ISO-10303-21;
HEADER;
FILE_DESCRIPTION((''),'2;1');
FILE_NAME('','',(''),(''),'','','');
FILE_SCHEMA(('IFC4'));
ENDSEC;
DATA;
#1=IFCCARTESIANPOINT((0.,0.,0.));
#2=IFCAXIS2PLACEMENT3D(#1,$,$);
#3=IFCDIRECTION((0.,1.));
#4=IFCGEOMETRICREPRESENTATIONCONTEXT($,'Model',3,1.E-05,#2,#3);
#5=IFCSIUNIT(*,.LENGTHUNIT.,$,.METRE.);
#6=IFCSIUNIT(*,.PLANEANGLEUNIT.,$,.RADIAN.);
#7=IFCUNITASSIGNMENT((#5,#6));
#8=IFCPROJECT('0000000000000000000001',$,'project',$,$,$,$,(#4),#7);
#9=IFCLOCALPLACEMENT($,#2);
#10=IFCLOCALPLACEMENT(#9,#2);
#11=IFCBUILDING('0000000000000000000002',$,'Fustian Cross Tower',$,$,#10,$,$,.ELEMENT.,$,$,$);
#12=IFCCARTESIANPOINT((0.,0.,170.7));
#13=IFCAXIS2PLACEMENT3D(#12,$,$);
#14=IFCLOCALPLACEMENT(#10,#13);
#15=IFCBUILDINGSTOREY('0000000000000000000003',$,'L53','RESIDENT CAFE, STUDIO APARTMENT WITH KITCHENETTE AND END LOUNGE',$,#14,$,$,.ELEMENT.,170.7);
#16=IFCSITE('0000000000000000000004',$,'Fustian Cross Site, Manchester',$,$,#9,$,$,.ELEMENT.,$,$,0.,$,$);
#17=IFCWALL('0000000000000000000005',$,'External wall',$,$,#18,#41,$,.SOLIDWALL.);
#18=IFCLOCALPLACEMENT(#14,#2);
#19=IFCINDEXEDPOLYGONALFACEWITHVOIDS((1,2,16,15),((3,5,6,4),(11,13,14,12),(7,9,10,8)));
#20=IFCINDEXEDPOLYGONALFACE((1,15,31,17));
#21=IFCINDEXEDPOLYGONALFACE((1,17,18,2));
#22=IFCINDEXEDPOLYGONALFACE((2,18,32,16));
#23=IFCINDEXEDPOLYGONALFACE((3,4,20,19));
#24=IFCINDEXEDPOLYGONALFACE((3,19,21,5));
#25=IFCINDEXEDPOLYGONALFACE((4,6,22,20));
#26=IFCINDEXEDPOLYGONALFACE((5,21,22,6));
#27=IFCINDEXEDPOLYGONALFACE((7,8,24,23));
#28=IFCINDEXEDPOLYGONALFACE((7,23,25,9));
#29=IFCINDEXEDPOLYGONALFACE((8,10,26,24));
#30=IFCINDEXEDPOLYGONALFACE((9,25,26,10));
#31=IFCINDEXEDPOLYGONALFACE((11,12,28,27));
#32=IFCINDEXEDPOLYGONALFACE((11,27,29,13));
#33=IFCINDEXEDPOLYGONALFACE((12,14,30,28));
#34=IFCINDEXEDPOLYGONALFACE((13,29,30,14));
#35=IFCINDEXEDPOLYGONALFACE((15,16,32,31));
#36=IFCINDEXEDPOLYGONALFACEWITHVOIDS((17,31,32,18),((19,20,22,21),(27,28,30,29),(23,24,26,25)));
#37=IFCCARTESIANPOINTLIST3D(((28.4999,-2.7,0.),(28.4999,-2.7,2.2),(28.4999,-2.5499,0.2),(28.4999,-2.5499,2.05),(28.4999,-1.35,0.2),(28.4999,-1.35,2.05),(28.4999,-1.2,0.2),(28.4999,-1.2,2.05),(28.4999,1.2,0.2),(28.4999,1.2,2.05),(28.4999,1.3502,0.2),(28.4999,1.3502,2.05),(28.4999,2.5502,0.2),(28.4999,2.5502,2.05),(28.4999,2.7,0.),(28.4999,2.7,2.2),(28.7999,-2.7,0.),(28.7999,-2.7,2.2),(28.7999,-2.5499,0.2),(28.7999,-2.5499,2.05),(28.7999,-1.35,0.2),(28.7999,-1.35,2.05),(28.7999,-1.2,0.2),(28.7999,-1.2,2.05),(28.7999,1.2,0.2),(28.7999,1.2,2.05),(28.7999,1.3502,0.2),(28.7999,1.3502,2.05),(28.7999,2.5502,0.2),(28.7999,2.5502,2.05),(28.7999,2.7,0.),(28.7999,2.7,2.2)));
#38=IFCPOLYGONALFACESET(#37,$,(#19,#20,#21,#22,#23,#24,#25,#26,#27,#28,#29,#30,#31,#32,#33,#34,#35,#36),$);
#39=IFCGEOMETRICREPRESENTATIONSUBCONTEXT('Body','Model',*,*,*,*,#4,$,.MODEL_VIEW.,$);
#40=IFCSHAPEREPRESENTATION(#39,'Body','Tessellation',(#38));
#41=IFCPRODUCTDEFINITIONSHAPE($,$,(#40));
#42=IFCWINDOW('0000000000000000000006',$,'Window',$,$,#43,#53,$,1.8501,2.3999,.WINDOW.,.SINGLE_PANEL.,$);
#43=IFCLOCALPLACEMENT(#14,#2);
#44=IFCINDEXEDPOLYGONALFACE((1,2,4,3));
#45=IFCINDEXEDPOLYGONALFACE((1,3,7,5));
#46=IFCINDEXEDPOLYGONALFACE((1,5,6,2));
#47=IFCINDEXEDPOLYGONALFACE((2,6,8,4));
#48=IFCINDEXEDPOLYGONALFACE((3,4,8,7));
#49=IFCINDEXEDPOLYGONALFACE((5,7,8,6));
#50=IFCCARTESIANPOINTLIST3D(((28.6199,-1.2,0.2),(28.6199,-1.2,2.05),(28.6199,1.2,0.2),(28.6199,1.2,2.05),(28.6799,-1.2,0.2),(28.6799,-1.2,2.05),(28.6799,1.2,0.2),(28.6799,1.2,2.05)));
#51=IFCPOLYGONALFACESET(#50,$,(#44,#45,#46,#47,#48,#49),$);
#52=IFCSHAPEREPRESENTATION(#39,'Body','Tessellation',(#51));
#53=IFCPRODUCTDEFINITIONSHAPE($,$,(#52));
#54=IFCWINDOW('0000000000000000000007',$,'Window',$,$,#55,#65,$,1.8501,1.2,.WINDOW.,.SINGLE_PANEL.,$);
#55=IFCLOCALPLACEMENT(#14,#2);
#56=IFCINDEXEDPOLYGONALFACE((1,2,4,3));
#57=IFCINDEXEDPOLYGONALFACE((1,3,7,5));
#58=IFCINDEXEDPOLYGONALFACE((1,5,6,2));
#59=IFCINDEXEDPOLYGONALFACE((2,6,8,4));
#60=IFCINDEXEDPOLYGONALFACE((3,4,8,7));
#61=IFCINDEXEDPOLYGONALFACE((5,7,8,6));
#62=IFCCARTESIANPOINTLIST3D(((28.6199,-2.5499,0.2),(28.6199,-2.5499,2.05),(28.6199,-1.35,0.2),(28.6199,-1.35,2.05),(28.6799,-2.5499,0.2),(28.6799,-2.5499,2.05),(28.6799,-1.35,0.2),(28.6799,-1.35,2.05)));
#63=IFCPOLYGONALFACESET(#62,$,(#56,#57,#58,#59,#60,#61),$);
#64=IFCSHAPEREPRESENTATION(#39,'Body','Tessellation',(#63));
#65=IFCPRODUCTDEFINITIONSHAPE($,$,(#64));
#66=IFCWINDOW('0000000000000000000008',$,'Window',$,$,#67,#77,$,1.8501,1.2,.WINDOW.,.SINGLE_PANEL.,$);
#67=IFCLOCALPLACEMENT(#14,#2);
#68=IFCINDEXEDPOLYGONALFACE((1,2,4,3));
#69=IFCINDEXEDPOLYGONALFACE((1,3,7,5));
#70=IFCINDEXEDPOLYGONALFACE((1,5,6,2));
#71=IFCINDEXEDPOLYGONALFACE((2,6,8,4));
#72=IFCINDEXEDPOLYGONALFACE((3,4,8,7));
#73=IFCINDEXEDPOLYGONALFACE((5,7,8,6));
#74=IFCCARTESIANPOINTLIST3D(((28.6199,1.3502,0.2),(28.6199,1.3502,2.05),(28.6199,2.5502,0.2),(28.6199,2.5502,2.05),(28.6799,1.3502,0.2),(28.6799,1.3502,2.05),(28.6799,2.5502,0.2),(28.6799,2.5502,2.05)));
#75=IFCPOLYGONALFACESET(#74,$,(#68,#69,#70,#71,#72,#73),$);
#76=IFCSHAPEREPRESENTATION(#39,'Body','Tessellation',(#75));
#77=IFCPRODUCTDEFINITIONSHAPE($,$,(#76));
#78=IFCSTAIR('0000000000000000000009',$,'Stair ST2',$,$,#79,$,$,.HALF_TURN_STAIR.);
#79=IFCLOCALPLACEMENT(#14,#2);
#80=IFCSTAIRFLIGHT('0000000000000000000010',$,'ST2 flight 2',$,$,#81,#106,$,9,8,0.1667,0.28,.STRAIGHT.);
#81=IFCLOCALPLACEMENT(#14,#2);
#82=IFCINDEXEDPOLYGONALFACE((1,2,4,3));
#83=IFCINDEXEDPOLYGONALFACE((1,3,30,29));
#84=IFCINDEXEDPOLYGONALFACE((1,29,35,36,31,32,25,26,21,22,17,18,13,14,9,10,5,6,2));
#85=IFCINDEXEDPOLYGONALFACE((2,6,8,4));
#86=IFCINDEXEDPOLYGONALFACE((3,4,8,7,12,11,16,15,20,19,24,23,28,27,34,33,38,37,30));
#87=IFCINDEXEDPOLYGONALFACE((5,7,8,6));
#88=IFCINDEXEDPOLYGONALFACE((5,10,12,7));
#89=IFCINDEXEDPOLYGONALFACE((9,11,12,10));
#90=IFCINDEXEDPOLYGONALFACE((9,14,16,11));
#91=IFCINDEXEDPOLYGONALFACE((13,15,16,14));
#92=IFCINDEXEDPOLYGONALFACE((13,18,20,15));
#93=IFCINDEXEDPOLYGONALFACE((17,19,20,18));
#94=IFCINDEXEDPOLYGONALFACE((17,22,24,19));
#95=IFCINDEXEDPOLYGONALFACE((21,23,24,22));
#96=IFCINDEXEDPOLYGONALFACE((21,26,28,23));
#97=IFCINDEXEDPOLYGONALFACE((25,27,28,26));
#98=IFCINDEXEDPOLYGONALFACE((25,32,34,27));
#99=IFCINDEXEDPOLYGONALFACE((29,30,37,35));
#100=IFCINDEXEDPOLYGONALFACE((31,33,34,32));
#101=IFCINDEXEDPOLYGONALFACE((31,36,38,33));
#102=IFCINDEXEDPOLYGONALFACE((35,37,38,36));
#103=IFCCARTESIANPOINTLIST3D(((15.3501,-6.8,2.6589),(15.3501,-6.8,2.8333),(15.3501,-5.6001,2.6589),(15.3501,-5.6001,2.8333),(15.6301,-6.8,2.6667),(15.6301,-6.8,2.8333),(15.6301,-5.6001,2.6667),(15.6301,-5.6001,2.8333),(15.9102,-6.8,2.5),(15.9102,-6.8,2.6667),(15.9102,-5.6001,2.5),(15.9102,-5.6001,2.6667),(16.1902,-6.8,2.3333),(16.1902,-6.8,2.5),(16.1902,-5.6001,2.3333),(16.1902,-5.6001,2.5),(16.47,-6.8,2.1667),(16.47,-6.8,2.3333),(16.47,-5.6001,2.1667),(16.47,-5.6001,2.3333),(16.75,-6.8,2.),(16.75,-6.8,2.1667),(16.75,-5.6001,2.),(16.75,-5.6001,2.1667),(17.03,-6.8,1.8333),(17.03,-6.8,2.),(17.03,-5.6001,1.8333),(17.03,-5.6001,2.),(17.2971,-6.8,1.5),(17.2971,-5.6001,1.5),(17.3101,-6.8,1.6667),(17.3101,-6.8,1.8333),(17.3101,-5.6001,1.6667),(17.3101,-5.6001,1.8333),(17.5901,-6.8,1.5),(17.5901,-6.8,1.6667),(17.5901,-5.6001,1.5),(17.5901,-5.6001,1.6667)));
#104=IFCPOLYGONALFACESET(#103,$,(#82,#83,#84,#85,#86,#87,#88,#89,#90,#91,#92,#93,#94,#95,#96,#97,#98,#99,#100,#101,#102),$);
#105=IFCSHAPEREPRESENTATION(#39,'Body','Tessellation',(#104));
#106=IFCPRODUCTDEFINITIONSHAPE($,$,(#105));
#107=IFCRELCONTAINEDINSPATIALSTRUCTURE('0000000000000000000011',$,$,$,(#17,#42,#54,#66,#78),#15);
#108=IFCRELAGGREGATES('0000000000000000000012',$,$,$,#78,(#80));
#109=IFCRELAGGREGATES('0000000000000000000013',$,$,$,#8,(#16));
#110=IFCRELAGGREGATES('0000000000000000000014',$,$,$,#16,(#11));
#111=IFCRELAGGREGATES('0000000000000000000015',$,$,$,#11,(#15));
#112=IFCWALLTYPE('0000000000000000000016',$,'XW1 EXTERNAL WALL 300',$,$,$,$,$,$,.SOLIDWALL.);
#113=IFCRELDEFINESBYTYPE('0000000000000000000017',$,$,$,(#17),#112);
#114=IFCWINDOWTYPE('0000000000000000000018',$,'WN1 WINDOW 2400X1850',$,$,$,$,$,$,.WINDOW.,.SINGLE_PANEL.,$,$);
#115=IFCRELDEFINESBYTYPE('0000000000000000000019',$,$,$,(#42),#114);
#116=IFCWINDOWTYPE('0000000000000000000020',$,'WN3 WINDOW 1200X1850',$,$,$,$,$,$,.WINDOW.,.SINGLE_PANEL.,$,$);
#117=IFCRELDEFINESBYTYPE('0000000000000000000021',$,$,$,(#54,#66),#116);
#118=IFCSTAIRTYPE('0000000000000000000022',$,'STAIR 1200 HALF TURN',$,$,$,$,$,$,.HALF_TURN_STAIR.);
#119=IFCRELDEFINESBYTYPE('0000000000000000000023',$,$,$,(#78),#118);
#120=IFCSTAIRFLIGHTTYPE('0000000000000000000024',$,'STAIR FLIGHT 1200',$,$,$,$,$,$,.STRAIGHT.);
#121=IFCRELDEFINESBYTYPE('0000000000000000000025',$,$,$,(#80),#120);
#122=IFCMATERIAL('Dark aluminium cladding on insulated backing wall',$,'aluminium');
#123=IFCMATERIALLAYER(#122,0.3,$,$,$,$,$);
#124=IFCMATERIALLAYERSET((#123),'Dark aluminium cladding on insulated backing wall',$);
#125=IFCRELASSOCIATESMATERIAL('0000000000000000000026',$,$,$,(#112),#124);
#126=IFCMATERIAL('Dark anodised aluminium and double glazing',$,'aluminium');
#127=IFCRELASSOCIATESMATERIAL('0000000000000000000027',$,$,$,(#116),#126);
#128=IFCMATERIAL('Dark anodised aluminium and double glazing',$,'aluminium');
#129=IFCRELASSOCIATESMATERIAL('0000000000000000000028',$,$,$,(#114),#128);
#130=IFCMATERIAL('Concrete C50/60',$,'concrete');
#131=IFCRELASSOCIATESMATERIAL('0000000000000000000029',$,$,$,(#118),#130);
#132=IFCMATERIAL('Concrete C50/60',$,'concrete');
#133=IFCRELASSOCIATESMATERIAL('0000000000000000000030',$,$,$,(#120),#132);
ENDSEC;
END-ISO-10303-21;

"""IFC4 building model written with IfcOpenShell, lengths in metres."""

from ifc_helpers import new_model, si_unit, direction, frame, frame_2d, origin, place, context, subcontext, project, spatial, polyline, rectangle, outline, extrude, material, layer, layer_set, type_object, element, fill, aggregate, save


model = new_model("IFC4")

# Units and contexts
model_context = context("Model", 3, precision=1e-05, world=origin(), true_north=direction((0.0, 1.0)))
body_context = subcontext(model_context, "Body", "Model", "MODEL_VIEW")
ifc_project = project(units=[si_unit("LENGTHUNIT", "METRE"), si_unit("PLANEANGLEUNIT", "RADIAN")], contexts=[model_context])

# Site, building, storey
site_placement = place(None, origin())
site = spatial("IfcSite", under=ifc_project, at=site_placement, Name="Fustian Cross Site, Manchester", CompositionType="ELEMENT", RefElevation=0.0)
building_placement = place(site_placement, origin())
building = spatial("IfcBuilding", under=site, at=building_placement, Name="Fustian Cross Tower", CompositionType="ELEMENT")
storey_placement = place(building_placement, frame((0.0, 0.0, 170.7)))
storey = spatial("IfcBuildingStorey", under=building, at=storey_placement, Name="L53", Description="RESIDENT CAFE, STUDIO APARTMENT WITH KITCHENETTE AND END LOUNGE", CompositionType="ELEMENT", Elevation=170.7)

# Shared definitions
ifc_material_1 = material(Name="Dark aluminium cladding on insulated backing wall", Category="aluminium")
ifc_layer_1 = layer(ifc_material_1, 0.3)
ifc_layer_set_1 = layer_set([ifc_layer_1], Name="Dark aluminium cladding on insulated backing wall")
wall_type_1 = type_object("IfcWallType", Name="XW1 EXTERNAL WALL 300", PredefinedType="SOLIDWALL", material=ifc_layer_set_1)
ifc_material_2 = material(Name="Dark anodised aluminium and double glazing", Category="aluminium")
window_type_1 = type_object("IfcWindowType", Name="WN3 WINDOW 1200X1850", PartitioningType="SINGLE_PANEL", PredefinedType="WINDOW", material=ifc_material_2)

# Wall, openings, windows
wall_1_placement = place(storey_placement, frame((28.6499, -2.7, 0.0), z_axis=(0.0, 0.0, 1.0), x_axis=(0.0, 1.0, 0.0)))
wall_1 = element("IfcWall", 1, at=wall_1_placement, inside=storey, type_object=wall_type_1, Name="External wall", PredefinedType="SOLIDWALL", context=body_context, shape_type="SweptSolid", body=[
    extrude(rectangle(XDim=5.3999, YDim=0.3, at=frame_2d((2.7, 0.0))), origin(), (0.0, 0.0, 1.0), 2.2),
])
opening_1_placement = place(wall_1_placement, frame((1.5, 0.0, 0.2)))
opening_1 = element("IfcOpeningElement", 2, at=opening_1_placement, cuts=wall_1, PredefinedType="OPENING", context=body_context, shape_type="SweptSolid", body=[
    extrude(rectangle(XDim=2.3999, YDim=1.8501, at=frame_2d((1.2, 0.925))), frame((0.0, 0.1599, 0.0), z_axis=(0.0, -1.0, 0.0), x_axis=(1.0, 0.0, 0.0)), (0.0, 0.0, 1.0), 0.3201),
])
opening_2_placement = place(wall_1_placement, frame((0.1499, 0.0, 0.2)))
opening_2 = element("IfcOpeningElement", 3, at=opening_2_placement, cuts=wall_1, PredefinedType="OPENING", context=body_context, shape_type="SweptSolid", body=[
    extrude(rectangle(XDim=1.2, YDim=1.8501, at=frame_2d((0.6001, 0.925))), frame((0.0, 0.1599, 0.0), z_axis=(0.0, -1.0, 0.0), x_axis=(1.0, 0.0, 0.0)), (0.0, 0.0, 1.0), 0.3201),
])
opening_3_placement = place(wall_1_placement, frame((4.05, 0.0, 0.2)))
opening_3 = element("IfcOpeningElement", 4, at=opening_3_placement, cuts=wall_1, PredefinedType="OPENING", context=body_context, shape_type="SweptSolid", body=[
    extrude(rectangle(XDim=1.2, YDim=1.8501, at=frame_2d((0.6001, 0.925))), frame((0.0, 0.1599, 0.0), z_axis=(0.0, -1.0, 0.0), x_axis=(1.0, 0.0, 0.0)), (0.0, 0.0, 1.0), 0.3201),
])
ifc_material_3 = material(Name="Dark anodised aluminium and double glazing", Category="aluminium")
window_type_2 = type_object("IfcWindowType", Name="WN1 WINDOW 2400X1850", PartitioningType="SINGLE_PANEL", PredefinedType="WINDOW", material=ifc_material_3)
window_1_placement = place(opening_1_placement, origin())
window_1 = element("IfcWindow", 5, at=window_1_placement, inside=storey, type_object=window_type_2, Name="Window", OverallHeight=1.8501, OverallWidth=2.3999, PartitioningType="SINGLE_PANEL", PredefinedType="WINDOW", context=body_context, shape_type="SweptSolid", body=[
    extrude(rectangle(XDim=2.3999, YDim=1.8501, at=frame_2d((1.2, 0.925))), frame((0.0, 0.03, 0.0), z_axis=(0.0, -1.0, 0.0), x_axis=(1.0, 0.0, 0.0)), (0.0, 0.0, 1.0), 0.0601),
])
fill(opening_1, window_1)
window_2_placement = place(opening_2_placement, origin())
window_2 = element("IfcWindow", 6, at=window_2_placement, inside=storey, type_object=window_type_1, Name="Window", OverallHeight=1.8501, OverallWidth=1.2, PartitioningType="SINGLE_PANEL", PredefinedType="WINDOW", context=body_context, shape_type="SweptSolid", body=[
    extrude(rectangle(XDim=1.2, YDim=1.8501, at=frame_2d((0.6001, 0.925))), frame((0.0, 0.03, 0.0), z_axis=(0.0, -1.0, 0.0), x_axis=(1.0, 0.0, 0.0)), (0.0, 0.0, 1.0), 0.0601),
])
fill(opening_2, window_2)
window_3_placement = place(opening_3_placement, origin())
window_3 = element("IfcWindow", 7, at=window_3_placement, inside=storey, type_object=window_type_1, Name="Window", OverallHeight=1.8501, OverallWidth=1.2, PartitioningType="SINGLE_PANEL", PredefinedType="WINDOW", context=body_context, shape_type="SweptSolid", body=[
    extrude(rectangle(XDim=1.2, YDim=1.8501, at=frame_2d((0.6001, 0.925))), frame((0.0, 0.03, 0.0), z_axis=(0.0, -1.0, 0.0), x_axis=(1.0, 0.0, 0.0)), (0.0, 0.0, 1.0), 0.0601),
])
fill(opening_3, window_3)

# Stair, stair flight
ifc_material_4 = material(Name="Concrete C50/60", Category="concrete")
stair_type = type_object("IfcStairType", Name="STAIR 1200 HALF TURN", PredefinedType="HALF_TURN_STAIR", material=ifc_material_4)
stair_placement = place(storey_placement, origin())
stair = element("IfcStair", 8, at=stair_placement, inside=storey, type_object=stair_type, Name="Stair ST2", PredefinedType="HALF_TURN_STAIR")
ifc_material_5 = material(Name="Concrete C50/60", Category="concrete")
stair_flight_type = type_object("IfcStairFlightType", Name="STAIR FLIGHT 1200", PredefinedType="STRAIGHT", material=ifc_material_5)
stair_flight_placement = place(storey_placement, frame((17.5901, -6.2, 1.5), z_axis=(0.0, 0.0, 1.0), x_axis=(-1.0, 0.0, 0.0)))
stair_flight = element("IfcStairFlight", 9, at=stair_flight_placement, type_object=stair_flight_type, Name="ST2 flight 2", NumberOfRisers=9, NumberOfTreads=8, PredefinedType="STRAIGHT", RiserHeight=0.1667, TreadLength=0.28, context=body_context, shape_type="SweptSolid", body=[
    extrude(outline(polyline([(0.0, 0.0), (0.0, 0.1667), (0.28, 0.1667), (0.28, 0.3333), (0.5601, 0.3333), (0.5601, 0.5), (0.8401, 0.5), (0.8401, 0.6667), (1.1201, 0.6667), (1.1201, 0.8333), (1.3999, 0.8333), (1.3999, 1.0), (1.6799, 1.0), (1.6799, 1.1667), (1.96, 1.1667), (1.96, 1.3333), (2.24, 1.3333), (2.24, 1.5), (2.24, 1.1589), (0.293, 0.0), (0.0, 0.0)])), frame((0.0, 0.6001, 0.0), z_axis=(0.0, -1.0, 0.0), x_axis=(1.0, 0.0, 0.0)), (0.0, 0.0, 1.0), 1.2),
])
aggregate(stair, [stair_flight])

save(model, "model.ifc")
